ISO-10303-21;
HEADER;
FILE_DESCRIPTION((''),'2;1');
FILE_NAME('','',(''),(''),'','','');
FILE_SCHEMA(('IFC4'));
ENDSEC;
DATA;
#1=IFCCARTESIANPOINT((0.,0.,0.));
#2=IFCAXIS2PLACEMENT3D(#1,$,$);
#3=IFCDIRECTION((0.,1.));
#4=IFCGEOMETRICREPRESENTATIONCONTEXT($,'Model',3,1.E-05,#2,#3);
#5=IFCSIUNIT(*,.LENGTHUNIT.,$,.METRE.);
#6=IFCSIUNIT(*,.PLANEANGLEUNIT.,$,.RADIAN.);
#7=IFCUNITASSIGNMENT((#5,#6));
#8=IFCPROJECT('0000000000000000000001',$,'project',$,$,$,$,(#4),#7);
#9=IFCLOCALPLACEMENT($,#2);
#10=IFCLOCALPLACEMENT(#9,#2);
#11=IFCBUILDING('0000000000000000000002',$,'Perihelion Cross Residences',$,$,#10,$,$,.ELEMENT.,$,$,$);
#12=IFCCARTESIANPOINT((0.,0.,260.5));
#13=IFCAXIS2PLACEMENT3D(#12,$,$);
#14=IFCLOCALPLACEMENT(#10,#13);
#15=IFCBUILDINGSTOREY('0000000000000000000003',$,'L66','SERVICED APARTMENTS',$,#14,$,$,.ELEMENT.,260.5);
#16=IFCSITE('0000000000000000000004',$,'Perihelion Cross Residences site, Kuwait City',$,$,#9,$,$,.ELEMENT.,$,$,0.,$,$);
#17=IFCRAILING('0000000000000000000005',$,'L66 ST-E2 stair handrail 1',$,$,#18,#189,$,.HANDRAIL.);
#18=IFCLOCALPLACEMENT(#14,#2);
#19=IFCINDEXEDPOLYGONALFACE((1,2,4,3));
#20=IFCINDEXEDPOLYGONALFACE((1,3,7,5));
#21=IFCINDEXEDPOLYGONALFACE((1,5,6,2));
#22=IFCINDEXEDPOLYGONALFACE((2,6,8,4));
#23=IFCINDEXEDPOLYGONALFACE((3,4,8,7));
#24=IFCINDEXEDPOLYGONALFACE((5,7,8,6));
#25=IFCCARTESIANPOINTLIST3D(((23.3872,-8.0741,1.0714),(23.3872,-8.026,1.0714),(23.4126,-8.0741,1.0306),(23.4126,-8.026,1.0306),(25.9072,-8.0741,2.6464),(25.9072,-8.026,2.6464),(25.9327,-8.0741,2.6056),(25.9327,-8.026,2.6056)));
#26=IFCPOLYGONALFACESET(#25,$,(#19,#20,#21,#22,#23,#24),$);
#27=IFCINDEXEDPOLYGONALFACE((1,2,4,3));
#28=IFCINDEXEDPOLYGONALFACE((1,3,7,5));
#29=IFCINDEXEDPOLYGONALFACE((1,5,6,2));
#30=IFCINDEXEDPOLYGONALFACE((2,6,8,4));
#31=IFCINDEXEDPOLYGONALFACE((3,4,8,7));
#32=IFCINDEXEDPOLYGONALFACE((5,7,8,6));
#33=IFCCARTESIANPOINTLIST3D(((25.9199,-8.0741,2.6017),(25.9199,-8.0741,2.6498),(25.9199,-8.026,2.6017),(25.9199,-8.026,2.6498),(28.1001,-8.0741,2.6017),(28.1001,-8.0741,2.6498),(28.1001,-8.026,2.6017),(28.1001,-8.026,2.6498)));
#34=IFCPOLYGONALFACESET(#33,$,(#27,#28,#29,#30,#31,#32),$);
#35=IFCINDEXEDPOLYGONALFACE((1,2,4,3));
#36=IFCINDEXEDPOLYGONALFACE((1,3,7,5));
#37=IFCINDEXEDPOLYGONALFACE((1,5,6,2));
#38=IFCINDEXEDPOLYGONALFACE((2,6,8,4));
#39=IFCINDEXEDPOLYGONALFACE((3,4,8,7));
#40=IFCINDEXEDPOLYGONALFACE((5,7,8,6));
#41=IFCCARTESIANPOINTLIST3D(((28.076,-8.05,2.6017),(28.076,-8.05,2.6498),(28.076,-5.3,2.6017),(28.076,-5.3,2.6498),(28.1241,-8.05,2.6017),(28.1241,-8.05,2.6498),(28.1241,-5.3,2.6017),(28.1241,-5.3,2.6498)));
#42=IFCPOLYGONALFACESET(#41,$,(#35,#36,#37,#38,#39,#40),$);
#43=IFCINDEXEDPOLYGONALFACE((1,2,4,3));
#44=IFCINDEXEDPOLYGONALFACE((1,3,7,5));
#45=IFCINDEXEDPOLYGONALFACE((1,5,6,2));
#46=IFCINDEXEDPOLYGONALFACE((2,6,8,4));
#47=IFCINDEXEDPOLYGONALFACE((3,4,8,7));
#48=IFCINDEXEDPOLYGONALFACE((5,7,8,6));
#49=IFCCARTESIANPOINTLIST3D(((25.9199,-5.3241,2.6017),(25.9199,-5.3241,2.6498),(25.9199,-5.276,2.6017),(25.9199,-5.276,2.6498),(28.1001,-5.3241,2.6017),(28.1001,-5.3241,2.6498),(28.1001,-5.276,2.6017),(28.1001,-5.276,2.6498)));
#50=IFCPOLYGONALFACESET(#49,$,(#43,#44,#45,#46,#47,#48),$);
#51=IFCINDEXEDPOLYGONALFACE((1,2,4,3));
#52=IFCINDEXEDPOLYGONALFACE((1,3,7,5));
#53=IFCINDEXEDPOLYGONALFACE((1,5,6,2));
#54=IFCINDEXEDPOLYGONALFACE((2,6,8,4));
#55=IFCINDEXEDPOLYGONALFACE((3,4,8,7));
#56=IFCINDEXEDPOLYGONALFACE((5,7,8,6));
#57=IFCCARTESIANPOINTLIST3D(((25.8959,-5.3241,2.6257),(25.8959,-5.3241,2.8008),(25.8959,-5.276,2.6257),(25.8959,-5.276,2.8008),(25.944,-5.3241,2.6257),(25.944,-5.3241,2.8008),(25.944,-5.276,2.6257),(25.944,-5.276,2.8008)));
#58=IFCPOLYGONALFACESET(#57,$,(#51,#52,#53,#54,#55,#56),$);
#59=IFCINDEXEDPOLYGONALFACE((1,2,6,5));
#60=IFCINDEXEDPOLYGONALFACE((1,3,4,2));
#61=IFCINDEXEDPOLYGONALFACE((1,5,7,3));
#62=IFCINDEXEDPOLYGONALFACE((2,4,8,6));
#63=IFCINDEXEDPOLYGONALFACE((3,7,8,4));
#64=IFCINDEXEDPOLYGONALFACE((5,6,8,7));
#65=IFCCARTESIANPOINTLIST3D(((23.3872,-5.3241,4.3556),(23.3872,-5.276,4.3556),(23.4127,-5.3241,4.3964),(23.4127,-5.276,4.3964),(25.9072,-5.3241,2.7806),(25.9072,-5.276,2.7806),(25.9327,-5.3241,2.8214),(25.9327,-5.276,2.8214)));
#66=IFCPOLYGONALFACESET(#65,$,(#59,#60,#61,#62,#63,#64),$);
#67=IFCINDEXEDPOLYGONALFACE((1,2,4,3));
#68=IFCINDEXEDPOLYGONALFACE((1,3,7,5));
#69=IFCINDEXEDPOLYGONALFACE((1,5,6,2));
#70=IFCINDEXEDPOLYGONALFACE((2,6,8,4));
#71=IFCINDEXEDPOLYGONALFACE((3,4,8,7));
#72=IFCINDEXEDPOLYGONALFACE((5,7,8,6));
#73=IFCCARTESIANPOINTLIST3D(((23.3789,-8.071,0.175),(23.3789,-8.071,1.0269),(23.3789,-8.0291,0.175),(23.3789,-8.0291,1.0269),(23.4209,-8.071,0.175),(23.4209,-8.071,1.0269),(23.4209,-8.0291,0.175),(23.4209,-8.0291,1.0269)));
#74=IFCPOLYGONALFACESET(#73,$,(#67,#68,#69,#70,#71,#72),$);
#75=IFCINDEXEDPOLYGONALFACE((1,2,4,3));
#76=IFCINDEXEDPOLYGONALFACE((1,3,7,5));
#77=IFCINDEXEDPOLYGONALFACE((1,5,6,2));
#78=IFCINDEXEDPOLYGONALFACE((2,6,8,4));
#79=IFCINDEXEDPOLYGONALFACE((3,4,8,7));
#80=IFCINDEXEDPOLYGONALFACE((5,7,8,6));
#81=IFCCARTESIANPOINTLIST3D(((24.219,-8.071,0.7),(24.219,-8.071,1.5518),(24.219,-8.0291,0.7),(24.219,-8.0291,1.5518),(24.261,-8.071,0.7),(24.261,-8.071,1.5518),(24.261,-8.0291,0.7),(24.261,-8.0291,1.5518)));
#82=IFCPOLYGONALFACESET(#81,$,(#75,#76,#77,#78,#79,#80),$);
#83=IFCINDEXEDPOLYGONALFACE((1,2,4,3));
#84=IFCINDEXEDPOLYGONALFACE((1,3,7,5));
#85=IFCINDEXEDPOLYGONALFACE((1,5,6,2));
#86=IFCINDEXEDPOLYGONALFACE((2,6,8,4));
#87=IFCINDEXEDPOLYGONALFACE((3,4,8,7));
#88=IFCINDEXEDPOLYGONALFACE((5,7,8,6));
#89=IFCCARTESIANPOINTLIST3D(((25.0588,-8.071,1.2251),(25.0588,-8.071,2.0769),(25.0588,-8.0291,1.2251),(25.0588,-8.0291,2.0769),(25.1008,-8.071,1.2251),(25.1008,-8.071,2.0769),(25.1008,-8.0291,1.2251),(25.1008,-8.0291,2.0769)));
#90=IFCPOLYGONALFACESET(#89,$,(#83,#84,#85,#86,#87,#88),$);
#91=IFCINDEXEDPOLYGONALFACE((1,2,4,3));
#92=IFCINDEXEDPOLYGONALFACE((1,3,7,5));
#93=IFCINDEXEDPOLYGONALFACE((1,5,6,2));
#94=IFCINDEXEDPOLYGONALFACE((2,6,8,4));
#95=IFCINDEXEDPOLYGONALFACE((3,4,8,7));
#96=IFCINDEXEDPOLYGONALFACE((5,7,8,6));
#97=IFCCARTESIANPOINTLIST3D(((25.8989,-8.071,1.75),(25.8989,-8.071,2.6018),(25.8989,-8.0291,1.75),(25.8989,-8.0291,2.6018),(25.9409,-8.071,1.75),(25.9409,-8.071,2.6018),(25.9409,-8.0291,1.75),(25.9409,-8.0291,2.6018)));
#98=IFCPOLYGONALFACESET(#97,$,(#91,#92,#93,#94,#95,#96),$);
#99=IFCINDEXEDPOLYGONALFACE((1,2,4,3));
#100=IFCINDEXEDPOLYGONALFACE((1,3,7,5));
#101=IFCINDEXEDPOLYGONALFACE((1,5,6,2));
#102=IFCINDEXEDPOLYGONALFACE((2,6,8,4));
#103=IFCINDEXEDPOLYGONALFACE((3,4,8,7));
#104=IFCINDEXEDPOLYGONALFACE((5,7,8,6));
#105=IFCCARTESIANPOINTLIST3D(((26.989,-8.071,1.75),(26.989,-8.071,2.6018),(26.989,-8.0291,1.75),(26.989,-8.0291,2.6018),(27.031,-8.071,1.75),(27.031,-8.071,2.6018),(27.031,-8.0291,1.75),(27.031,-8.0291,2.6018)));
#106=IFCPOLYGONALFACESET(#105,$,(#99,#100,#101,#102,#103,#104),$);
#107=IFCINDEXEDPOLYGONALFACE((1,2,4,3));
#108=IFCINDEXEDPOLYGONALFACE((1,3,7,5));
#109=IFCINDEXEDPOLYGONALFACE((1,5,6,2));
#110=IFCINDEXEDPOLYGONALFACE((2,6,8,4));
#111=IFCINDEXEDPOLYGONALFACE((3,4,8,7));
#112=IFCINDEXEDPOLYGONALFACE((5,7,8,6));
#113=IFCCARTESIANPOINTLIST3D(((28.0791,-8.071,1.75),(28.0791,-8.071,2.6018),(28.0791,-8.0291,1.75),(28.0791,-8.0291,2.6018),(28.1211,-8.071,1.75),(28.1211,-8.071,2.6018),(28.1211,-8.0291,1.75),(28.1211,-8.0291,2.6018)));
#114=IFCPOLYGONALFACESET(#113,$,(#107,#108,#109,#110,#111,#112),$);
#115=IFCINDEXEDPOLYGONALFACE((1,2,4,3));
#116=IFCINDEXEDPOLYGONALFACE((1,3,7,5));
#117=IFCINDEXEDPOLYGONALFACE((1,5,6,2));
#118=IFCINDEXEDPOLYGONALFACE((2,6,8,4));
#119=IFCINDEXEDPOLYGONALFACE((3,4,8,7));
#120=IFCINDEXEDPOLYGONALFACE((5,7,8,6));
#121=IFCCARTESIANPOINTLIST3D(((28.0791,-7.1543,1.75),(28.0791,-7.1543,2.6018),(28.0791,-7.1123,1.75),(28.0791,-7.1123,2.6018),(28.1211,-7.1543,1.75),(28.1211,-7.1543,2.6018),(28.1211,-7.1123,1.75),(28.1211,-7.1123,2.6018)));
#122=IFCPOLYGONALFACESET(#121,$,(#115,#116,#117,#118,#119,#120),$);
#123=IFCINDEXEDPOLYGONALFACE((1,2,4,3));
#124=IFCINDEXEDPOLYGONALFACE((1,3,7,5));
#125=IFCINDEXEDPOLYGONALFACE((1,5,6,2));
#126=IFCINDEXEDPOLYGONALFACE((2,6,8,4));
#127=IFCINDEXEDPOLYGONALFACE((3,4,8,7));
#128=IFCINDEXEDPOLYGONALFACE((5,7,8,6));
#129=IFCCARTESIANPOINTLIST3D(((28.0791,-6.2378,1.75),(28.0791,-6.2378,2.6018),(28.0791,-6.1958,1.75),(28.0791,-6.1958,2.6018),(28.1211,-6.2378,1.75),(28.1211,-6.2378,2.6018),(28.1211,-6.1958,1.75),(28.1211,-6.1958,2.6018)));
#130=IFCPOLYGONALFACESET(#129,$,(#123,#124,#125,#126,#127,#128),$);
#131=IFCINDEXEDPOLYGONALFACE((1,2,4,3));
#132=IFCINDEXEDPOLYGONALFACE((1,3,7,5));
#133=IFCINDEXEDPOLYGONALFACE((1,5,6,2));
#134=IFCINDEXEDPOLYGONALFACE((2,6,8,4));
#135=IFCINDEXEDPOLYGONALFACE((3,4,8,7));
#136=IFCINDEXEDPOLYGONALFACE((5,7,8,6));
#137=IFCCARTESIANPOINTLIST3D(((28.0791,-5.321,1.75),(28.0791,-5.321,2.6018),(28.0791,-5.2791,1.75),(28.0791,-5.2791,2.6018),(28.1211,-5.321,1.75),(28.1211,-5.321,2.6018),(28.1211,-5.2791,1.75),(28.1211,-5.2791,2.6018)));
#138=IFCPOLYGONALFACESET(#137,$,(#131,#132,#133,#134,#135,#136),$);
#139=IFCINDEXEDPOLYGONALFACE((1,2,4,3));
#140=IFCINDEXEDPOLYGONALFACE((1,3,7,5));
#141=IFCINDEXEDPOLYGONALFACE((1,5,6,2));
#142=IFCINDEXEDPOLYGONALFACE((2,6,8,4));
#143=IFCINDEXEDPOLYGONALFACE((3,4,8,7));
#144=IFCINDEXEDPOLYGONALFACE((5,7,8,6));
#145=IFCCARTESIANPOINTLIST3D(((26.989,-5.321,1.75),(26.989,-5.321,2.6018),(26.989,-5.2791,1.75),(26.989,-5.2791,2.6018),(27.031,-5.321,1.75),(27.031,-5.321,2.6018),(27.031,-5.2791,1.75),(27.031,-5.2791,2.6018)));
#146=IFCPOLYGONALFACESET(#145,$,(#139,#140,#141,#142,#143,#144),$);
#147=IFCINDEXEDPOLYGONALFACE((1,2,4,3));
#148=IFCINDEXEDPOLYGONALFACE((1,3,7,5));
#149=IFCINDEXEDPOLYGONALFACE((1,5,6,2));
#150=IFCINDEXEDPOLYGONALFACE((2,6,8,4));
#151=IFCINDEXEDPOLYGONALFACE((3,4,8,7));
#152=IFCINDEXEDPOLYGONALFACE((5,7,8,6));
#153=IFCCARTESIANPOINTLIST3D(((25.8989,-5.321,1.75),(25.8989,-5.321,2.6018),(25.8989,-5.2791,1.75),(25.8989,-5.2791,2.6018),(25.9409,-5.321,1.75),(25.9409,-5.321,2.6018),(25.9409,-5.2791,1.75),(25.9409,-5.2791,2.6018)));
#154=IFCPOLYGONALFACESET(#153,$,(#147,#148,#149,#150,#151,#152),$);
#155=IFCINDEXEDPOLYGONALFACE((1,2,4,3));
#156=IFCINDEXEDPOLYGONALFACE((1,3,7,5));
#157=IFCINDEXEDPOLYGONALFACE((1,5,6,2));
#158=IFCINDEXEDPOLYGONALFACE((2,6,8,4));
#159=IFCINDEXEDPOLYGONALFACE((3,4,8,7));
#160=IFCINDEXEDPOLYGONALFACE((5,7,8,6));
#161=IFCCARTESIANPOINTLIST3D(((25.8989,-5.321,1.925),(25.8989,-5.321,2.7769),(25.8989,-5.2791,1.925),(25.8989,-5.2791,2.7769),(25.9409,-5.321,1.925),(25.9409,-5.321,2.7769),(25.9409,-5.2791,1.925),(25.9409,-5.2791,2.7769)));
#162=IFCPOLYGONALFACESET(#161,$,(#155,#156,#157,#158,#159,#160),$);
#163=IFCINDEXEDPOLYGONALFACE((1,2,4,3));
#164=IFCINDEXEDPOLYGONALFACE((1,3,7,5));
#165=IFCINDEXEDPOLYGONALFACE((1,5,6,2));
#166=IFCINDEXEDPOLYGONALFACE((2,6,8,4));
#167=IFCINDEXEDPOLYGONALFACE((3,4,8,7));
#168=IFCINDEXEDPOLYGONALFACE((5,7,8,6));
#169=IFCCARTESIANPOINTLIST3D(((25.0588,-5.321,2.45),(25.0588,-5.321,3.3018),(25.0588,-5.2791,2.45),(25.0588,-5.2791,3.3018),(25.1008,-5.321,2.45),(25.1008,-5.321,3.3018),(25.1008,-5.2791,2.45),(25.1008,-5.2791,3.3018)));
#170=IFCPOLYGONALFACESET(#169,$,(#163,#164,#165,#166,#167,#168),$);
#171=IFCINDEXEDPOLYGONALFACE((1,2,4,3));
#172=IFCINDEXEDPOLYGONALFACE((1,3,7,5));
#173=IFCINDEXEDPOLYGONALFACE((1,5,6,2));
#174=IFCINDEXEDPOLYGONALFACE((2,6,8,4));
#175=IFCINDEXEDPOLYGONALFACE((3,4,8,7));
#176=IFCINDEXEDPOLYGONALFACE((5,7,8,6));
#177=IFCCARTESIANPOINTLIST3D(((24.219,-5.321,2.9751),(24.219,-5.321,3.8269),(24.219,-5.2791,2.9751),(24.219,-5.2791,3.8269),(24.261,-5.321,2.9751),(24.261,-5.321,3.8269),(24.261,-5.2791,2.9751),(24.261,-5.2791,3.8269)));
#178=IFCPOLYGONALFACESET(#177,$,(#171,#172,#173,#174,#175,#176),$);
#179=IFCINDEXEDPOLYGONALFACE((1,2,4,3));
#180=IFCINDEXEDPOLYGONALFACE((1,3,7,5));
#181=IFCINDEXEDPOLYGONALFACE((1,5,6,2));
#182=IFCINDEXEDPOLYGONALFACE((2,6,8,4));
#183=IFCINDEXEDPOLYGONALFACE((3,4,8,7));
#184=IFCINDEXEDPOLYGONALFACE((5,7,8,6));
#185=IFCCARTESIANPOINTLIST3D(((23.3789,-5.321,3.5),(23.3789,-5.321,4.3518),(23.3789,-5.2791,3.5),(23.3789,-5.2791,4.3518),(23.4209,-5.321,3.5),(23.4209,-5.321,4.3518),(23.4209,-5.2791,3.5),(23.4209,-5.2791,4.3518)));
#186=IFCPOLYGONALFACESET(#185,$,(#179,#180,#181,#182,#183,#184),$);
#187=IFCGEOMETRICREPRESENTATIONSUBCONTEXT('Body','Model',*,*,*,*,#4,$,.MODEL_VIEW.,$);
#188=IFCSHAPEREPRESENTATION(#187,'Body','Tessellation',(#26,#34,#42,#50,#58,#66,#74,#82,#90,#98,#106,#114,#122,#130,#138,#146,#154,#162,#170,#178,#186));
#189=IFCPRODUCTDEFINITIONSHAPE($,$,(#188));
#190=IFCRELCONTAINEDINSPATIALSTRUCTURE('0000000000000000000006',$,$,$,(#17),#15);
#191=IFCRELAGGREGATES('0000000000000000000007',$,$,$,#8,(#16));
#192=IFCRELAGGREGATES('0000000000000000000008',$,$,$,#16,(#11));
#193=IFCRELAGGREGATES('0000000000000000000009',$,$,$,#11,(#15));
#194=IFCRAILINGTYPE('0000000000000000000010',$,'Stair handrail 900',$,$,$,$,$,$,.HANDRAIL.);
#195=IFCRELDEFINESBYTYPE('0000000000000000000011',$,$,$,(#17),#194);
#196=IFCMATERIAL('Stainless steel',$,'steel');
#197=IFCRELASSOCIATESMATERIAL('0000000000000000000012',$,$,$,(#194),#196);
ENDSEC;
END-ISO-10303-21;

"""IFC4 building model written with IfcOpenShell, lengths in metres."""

from ifc_helpers import new_model, si_unit, direction, frame, origin, origin_2d, place, context, subcontext, project, spatial, rectangle, extrude, material, type_object, element, save


model = new_model("IFC4")

# Units and contexts
model_context = context("Model", 3, precision=1e-05, world=origin(), true_north=direction((0.0, 1.0)))
body_context = subcontext(model_context, "Body", "Model", "MODEL_VIEW")
ifc_project = project(units=[si_unit("LENGTHUNIT", "METRE"), si_unit("PLANEANGLEUNIT", "RADIAN")], contexts=[model_context])

# Site, building, storey
site_placement = place(None, origin())
site = spatial("IfcSite", under=ifc_project, at=site_placement, Name="Perihelion Cross Residences site, Kuwait City", CompositionType="ELEMENT", RefElevation=0.0)
building_placement = place(site_placement, origin())
building = spatial("IfcBuilding", under=site, at=building_placement, Name="Perihelion Cross Residences", CompositionType="ELEMENT")
storey_placement = place(building_placement, frame((0.0, 0.0, 260.5)))
storey = spatial("IfcBuildingStorey", under=building, at=storey_placement, Name="L66", Description="SERVICED APARTMENTS", CompositionType="ELEMENT", Elevation=260.5)

# Railing
ifc_material_1 = material(Name="Stainless steel", Category="steel")
railing_type_1 = type_object("IfcRailingType", Name="Stair handrail 900", PredefinedType="HANDRAIL", material=ifc_material_1)
railing_1_placement = place(storey_placement, frame((23.3999, -8.05, 0.175)))
element("IfcRailing", 1, at=railing_1_placement, inside=storey, type_object=railing_type_1, Name="L66 ST-E2 stair handrail 1", PredefinedType="HANDRAIL", context=body_context, shape_type="SweptSolid", body=[
    extrude(rectangle(XDim=0.0481, YDim=0.0481, at=origin_2d()), frame((0.0, 0.0, 0.876), z_axis=(0.848008, 0.0, 0.529984), x_axis=(0.0, 1.0, 0.0)), (0.0, 0.0, 1.0), 2.9717),
    extrude(rectangle(XDim=0.0481, YDim=0.0481, at=origin_2d()), frame((2.52, 0.0, 2.4507), z_axis=(1.0, 0.0, 0.0), x_axis=(0.0, 1.0, 0.0)), (0.0, 0.0, 1.0), 2.1802),
    extrude(rectangle(XDim=0.0481, YDim=0.0481, at=origin_2d()), frame((4.7002, 0.0, 2.4507), z_axis=(0.0, 1.0, 0.0), x_axis=(-1.0, 0.0, 0.0)), (0.0, 0.0, 1.0), 2.75),
    extrude(rectangle(XDim=0.0481, YDim=0.0481, at=origin_2d()), frame((4.7002, 2.75, 2.4507), z_axis=(-1.0, 0.0, 0.0), x_axis=(0.0, -1.0, 0.0)), (0.0, 0.0, 1.0), 2.1802),
    extrude(rectangle(XDim=0.0481, YDim=0.0481, at=origin_2d()), frame((2.52, 2.75, 2.4507), z_axis=(0.0, 0.0, 1.0), x_axis=(1.0, 0.0, 0.0)), (0.0, 0.0, 1.0), 0.175),
    extrude(rectangle(XDim=0.0481, YDim=0.0481, at=origin_2d()), frame((2.52, 2.75, 2.626), z_axis=(-0.848008, 0.0, 0.529984), x_axis=(0.0, -1.0, 0.0)), (0.0, 0.0, 1.0), 2.9717),
    extrude(rectangle(XDim=0.042, YDim=0.042, at=origin_2d()), origin(), (0.0, 0.0, 1.0), 0.8518),
    extrude(rectangle(XDim=0.042, YDim=0.042, at=origin_2d()), frame((0.8401, 0.0, 0.5249)), (0.0, 0.0, 1.0), 0.8518),
    extrude(rectangle(XDim=0.042, YDim=0.042, at=origin_2d()), frame((1.6799, 0.0, 1.05)), (0.0, 0.0, 1.0), 0.8518),
    extrude(rectangle(XDim=0.042, YDim=0.042, at=origin_2d()), frame((2.52, 0.0, 1.575)), (0.0, 0.0, 1.0), 0.8518),
    extrude(rectangle(XDim=0.042, YDim=0.042, at=origin_2d()), frame((3.6101, 0.0, 1.575)), (0.0, 0.0, 1.0), 0.8518),
    extrude(rectangle(XDim=0.042, YDim=0.042, at=origin_2d()), frame((4.7002, 0.0, 1.575)), (0.0, 0.0, 1.0), 0.8518),
    extrude(rectangle(XDim=0.042, YDim=0.042, at=origin_2d()), frame((4.7002, 0.9167, 1.575)), (0.0, 0.0, 1.0), 0.8518),
    extrude(rectangle(XDim=0.042, YDim=0.042, at=origin_2d()), frame((4.7002, 1.8333, 1.575)), (0.0, 0.0, 1.0), 0.8518),
    extrude(rectangle(XDim=0.042, YDim=0.042, at=origin_2d()), frame((4.7002, 2.75, 1.575)), (0.0, 0.0, 1.0), 0.8518),
    extrude(rectangle(XDim=0.042, YDim=0.042, at=origin_2d()), frame((3.6101, 2.75, 1.575)), (0.0, 0.0, 1.0), 0.8518),
    extrude(rectangle(XDim=0.042, YDim=0.042, at=origin_2d()), frame((2.52, 2.75, 1.575)), (0.0, 0.0, 1.0), 0.8518),
    extrude(rectangle(XDim=0.042, YDim=0.042, at=origin_2d()), frame((2.52, 2.75, 1.75)), (0.0, 0.0, 1.0), 0.8518),
    extrude(rectangle(XDim=0.042, YDim=0.042, at=origin_2d()), frame((1.6799, 2.75, 2.2749)), (0.0, 0.0, 1.0), 0.8518),
    extrude(rectangle(XDim=0.042, YDim=0.042, at=origin_2d()), frame((0.8401, 2.75, 2.8)), (0.0, 0.0, 1.0), 0.8518),
    extrude(rectangle(XDim=0.042, YDim=0.042, at=origin_2d()), frame((0.0, 2.75, 3.325)), (0.0, 0.0, 1.0), 0.8518),
])

save(model, "model.ifc")
